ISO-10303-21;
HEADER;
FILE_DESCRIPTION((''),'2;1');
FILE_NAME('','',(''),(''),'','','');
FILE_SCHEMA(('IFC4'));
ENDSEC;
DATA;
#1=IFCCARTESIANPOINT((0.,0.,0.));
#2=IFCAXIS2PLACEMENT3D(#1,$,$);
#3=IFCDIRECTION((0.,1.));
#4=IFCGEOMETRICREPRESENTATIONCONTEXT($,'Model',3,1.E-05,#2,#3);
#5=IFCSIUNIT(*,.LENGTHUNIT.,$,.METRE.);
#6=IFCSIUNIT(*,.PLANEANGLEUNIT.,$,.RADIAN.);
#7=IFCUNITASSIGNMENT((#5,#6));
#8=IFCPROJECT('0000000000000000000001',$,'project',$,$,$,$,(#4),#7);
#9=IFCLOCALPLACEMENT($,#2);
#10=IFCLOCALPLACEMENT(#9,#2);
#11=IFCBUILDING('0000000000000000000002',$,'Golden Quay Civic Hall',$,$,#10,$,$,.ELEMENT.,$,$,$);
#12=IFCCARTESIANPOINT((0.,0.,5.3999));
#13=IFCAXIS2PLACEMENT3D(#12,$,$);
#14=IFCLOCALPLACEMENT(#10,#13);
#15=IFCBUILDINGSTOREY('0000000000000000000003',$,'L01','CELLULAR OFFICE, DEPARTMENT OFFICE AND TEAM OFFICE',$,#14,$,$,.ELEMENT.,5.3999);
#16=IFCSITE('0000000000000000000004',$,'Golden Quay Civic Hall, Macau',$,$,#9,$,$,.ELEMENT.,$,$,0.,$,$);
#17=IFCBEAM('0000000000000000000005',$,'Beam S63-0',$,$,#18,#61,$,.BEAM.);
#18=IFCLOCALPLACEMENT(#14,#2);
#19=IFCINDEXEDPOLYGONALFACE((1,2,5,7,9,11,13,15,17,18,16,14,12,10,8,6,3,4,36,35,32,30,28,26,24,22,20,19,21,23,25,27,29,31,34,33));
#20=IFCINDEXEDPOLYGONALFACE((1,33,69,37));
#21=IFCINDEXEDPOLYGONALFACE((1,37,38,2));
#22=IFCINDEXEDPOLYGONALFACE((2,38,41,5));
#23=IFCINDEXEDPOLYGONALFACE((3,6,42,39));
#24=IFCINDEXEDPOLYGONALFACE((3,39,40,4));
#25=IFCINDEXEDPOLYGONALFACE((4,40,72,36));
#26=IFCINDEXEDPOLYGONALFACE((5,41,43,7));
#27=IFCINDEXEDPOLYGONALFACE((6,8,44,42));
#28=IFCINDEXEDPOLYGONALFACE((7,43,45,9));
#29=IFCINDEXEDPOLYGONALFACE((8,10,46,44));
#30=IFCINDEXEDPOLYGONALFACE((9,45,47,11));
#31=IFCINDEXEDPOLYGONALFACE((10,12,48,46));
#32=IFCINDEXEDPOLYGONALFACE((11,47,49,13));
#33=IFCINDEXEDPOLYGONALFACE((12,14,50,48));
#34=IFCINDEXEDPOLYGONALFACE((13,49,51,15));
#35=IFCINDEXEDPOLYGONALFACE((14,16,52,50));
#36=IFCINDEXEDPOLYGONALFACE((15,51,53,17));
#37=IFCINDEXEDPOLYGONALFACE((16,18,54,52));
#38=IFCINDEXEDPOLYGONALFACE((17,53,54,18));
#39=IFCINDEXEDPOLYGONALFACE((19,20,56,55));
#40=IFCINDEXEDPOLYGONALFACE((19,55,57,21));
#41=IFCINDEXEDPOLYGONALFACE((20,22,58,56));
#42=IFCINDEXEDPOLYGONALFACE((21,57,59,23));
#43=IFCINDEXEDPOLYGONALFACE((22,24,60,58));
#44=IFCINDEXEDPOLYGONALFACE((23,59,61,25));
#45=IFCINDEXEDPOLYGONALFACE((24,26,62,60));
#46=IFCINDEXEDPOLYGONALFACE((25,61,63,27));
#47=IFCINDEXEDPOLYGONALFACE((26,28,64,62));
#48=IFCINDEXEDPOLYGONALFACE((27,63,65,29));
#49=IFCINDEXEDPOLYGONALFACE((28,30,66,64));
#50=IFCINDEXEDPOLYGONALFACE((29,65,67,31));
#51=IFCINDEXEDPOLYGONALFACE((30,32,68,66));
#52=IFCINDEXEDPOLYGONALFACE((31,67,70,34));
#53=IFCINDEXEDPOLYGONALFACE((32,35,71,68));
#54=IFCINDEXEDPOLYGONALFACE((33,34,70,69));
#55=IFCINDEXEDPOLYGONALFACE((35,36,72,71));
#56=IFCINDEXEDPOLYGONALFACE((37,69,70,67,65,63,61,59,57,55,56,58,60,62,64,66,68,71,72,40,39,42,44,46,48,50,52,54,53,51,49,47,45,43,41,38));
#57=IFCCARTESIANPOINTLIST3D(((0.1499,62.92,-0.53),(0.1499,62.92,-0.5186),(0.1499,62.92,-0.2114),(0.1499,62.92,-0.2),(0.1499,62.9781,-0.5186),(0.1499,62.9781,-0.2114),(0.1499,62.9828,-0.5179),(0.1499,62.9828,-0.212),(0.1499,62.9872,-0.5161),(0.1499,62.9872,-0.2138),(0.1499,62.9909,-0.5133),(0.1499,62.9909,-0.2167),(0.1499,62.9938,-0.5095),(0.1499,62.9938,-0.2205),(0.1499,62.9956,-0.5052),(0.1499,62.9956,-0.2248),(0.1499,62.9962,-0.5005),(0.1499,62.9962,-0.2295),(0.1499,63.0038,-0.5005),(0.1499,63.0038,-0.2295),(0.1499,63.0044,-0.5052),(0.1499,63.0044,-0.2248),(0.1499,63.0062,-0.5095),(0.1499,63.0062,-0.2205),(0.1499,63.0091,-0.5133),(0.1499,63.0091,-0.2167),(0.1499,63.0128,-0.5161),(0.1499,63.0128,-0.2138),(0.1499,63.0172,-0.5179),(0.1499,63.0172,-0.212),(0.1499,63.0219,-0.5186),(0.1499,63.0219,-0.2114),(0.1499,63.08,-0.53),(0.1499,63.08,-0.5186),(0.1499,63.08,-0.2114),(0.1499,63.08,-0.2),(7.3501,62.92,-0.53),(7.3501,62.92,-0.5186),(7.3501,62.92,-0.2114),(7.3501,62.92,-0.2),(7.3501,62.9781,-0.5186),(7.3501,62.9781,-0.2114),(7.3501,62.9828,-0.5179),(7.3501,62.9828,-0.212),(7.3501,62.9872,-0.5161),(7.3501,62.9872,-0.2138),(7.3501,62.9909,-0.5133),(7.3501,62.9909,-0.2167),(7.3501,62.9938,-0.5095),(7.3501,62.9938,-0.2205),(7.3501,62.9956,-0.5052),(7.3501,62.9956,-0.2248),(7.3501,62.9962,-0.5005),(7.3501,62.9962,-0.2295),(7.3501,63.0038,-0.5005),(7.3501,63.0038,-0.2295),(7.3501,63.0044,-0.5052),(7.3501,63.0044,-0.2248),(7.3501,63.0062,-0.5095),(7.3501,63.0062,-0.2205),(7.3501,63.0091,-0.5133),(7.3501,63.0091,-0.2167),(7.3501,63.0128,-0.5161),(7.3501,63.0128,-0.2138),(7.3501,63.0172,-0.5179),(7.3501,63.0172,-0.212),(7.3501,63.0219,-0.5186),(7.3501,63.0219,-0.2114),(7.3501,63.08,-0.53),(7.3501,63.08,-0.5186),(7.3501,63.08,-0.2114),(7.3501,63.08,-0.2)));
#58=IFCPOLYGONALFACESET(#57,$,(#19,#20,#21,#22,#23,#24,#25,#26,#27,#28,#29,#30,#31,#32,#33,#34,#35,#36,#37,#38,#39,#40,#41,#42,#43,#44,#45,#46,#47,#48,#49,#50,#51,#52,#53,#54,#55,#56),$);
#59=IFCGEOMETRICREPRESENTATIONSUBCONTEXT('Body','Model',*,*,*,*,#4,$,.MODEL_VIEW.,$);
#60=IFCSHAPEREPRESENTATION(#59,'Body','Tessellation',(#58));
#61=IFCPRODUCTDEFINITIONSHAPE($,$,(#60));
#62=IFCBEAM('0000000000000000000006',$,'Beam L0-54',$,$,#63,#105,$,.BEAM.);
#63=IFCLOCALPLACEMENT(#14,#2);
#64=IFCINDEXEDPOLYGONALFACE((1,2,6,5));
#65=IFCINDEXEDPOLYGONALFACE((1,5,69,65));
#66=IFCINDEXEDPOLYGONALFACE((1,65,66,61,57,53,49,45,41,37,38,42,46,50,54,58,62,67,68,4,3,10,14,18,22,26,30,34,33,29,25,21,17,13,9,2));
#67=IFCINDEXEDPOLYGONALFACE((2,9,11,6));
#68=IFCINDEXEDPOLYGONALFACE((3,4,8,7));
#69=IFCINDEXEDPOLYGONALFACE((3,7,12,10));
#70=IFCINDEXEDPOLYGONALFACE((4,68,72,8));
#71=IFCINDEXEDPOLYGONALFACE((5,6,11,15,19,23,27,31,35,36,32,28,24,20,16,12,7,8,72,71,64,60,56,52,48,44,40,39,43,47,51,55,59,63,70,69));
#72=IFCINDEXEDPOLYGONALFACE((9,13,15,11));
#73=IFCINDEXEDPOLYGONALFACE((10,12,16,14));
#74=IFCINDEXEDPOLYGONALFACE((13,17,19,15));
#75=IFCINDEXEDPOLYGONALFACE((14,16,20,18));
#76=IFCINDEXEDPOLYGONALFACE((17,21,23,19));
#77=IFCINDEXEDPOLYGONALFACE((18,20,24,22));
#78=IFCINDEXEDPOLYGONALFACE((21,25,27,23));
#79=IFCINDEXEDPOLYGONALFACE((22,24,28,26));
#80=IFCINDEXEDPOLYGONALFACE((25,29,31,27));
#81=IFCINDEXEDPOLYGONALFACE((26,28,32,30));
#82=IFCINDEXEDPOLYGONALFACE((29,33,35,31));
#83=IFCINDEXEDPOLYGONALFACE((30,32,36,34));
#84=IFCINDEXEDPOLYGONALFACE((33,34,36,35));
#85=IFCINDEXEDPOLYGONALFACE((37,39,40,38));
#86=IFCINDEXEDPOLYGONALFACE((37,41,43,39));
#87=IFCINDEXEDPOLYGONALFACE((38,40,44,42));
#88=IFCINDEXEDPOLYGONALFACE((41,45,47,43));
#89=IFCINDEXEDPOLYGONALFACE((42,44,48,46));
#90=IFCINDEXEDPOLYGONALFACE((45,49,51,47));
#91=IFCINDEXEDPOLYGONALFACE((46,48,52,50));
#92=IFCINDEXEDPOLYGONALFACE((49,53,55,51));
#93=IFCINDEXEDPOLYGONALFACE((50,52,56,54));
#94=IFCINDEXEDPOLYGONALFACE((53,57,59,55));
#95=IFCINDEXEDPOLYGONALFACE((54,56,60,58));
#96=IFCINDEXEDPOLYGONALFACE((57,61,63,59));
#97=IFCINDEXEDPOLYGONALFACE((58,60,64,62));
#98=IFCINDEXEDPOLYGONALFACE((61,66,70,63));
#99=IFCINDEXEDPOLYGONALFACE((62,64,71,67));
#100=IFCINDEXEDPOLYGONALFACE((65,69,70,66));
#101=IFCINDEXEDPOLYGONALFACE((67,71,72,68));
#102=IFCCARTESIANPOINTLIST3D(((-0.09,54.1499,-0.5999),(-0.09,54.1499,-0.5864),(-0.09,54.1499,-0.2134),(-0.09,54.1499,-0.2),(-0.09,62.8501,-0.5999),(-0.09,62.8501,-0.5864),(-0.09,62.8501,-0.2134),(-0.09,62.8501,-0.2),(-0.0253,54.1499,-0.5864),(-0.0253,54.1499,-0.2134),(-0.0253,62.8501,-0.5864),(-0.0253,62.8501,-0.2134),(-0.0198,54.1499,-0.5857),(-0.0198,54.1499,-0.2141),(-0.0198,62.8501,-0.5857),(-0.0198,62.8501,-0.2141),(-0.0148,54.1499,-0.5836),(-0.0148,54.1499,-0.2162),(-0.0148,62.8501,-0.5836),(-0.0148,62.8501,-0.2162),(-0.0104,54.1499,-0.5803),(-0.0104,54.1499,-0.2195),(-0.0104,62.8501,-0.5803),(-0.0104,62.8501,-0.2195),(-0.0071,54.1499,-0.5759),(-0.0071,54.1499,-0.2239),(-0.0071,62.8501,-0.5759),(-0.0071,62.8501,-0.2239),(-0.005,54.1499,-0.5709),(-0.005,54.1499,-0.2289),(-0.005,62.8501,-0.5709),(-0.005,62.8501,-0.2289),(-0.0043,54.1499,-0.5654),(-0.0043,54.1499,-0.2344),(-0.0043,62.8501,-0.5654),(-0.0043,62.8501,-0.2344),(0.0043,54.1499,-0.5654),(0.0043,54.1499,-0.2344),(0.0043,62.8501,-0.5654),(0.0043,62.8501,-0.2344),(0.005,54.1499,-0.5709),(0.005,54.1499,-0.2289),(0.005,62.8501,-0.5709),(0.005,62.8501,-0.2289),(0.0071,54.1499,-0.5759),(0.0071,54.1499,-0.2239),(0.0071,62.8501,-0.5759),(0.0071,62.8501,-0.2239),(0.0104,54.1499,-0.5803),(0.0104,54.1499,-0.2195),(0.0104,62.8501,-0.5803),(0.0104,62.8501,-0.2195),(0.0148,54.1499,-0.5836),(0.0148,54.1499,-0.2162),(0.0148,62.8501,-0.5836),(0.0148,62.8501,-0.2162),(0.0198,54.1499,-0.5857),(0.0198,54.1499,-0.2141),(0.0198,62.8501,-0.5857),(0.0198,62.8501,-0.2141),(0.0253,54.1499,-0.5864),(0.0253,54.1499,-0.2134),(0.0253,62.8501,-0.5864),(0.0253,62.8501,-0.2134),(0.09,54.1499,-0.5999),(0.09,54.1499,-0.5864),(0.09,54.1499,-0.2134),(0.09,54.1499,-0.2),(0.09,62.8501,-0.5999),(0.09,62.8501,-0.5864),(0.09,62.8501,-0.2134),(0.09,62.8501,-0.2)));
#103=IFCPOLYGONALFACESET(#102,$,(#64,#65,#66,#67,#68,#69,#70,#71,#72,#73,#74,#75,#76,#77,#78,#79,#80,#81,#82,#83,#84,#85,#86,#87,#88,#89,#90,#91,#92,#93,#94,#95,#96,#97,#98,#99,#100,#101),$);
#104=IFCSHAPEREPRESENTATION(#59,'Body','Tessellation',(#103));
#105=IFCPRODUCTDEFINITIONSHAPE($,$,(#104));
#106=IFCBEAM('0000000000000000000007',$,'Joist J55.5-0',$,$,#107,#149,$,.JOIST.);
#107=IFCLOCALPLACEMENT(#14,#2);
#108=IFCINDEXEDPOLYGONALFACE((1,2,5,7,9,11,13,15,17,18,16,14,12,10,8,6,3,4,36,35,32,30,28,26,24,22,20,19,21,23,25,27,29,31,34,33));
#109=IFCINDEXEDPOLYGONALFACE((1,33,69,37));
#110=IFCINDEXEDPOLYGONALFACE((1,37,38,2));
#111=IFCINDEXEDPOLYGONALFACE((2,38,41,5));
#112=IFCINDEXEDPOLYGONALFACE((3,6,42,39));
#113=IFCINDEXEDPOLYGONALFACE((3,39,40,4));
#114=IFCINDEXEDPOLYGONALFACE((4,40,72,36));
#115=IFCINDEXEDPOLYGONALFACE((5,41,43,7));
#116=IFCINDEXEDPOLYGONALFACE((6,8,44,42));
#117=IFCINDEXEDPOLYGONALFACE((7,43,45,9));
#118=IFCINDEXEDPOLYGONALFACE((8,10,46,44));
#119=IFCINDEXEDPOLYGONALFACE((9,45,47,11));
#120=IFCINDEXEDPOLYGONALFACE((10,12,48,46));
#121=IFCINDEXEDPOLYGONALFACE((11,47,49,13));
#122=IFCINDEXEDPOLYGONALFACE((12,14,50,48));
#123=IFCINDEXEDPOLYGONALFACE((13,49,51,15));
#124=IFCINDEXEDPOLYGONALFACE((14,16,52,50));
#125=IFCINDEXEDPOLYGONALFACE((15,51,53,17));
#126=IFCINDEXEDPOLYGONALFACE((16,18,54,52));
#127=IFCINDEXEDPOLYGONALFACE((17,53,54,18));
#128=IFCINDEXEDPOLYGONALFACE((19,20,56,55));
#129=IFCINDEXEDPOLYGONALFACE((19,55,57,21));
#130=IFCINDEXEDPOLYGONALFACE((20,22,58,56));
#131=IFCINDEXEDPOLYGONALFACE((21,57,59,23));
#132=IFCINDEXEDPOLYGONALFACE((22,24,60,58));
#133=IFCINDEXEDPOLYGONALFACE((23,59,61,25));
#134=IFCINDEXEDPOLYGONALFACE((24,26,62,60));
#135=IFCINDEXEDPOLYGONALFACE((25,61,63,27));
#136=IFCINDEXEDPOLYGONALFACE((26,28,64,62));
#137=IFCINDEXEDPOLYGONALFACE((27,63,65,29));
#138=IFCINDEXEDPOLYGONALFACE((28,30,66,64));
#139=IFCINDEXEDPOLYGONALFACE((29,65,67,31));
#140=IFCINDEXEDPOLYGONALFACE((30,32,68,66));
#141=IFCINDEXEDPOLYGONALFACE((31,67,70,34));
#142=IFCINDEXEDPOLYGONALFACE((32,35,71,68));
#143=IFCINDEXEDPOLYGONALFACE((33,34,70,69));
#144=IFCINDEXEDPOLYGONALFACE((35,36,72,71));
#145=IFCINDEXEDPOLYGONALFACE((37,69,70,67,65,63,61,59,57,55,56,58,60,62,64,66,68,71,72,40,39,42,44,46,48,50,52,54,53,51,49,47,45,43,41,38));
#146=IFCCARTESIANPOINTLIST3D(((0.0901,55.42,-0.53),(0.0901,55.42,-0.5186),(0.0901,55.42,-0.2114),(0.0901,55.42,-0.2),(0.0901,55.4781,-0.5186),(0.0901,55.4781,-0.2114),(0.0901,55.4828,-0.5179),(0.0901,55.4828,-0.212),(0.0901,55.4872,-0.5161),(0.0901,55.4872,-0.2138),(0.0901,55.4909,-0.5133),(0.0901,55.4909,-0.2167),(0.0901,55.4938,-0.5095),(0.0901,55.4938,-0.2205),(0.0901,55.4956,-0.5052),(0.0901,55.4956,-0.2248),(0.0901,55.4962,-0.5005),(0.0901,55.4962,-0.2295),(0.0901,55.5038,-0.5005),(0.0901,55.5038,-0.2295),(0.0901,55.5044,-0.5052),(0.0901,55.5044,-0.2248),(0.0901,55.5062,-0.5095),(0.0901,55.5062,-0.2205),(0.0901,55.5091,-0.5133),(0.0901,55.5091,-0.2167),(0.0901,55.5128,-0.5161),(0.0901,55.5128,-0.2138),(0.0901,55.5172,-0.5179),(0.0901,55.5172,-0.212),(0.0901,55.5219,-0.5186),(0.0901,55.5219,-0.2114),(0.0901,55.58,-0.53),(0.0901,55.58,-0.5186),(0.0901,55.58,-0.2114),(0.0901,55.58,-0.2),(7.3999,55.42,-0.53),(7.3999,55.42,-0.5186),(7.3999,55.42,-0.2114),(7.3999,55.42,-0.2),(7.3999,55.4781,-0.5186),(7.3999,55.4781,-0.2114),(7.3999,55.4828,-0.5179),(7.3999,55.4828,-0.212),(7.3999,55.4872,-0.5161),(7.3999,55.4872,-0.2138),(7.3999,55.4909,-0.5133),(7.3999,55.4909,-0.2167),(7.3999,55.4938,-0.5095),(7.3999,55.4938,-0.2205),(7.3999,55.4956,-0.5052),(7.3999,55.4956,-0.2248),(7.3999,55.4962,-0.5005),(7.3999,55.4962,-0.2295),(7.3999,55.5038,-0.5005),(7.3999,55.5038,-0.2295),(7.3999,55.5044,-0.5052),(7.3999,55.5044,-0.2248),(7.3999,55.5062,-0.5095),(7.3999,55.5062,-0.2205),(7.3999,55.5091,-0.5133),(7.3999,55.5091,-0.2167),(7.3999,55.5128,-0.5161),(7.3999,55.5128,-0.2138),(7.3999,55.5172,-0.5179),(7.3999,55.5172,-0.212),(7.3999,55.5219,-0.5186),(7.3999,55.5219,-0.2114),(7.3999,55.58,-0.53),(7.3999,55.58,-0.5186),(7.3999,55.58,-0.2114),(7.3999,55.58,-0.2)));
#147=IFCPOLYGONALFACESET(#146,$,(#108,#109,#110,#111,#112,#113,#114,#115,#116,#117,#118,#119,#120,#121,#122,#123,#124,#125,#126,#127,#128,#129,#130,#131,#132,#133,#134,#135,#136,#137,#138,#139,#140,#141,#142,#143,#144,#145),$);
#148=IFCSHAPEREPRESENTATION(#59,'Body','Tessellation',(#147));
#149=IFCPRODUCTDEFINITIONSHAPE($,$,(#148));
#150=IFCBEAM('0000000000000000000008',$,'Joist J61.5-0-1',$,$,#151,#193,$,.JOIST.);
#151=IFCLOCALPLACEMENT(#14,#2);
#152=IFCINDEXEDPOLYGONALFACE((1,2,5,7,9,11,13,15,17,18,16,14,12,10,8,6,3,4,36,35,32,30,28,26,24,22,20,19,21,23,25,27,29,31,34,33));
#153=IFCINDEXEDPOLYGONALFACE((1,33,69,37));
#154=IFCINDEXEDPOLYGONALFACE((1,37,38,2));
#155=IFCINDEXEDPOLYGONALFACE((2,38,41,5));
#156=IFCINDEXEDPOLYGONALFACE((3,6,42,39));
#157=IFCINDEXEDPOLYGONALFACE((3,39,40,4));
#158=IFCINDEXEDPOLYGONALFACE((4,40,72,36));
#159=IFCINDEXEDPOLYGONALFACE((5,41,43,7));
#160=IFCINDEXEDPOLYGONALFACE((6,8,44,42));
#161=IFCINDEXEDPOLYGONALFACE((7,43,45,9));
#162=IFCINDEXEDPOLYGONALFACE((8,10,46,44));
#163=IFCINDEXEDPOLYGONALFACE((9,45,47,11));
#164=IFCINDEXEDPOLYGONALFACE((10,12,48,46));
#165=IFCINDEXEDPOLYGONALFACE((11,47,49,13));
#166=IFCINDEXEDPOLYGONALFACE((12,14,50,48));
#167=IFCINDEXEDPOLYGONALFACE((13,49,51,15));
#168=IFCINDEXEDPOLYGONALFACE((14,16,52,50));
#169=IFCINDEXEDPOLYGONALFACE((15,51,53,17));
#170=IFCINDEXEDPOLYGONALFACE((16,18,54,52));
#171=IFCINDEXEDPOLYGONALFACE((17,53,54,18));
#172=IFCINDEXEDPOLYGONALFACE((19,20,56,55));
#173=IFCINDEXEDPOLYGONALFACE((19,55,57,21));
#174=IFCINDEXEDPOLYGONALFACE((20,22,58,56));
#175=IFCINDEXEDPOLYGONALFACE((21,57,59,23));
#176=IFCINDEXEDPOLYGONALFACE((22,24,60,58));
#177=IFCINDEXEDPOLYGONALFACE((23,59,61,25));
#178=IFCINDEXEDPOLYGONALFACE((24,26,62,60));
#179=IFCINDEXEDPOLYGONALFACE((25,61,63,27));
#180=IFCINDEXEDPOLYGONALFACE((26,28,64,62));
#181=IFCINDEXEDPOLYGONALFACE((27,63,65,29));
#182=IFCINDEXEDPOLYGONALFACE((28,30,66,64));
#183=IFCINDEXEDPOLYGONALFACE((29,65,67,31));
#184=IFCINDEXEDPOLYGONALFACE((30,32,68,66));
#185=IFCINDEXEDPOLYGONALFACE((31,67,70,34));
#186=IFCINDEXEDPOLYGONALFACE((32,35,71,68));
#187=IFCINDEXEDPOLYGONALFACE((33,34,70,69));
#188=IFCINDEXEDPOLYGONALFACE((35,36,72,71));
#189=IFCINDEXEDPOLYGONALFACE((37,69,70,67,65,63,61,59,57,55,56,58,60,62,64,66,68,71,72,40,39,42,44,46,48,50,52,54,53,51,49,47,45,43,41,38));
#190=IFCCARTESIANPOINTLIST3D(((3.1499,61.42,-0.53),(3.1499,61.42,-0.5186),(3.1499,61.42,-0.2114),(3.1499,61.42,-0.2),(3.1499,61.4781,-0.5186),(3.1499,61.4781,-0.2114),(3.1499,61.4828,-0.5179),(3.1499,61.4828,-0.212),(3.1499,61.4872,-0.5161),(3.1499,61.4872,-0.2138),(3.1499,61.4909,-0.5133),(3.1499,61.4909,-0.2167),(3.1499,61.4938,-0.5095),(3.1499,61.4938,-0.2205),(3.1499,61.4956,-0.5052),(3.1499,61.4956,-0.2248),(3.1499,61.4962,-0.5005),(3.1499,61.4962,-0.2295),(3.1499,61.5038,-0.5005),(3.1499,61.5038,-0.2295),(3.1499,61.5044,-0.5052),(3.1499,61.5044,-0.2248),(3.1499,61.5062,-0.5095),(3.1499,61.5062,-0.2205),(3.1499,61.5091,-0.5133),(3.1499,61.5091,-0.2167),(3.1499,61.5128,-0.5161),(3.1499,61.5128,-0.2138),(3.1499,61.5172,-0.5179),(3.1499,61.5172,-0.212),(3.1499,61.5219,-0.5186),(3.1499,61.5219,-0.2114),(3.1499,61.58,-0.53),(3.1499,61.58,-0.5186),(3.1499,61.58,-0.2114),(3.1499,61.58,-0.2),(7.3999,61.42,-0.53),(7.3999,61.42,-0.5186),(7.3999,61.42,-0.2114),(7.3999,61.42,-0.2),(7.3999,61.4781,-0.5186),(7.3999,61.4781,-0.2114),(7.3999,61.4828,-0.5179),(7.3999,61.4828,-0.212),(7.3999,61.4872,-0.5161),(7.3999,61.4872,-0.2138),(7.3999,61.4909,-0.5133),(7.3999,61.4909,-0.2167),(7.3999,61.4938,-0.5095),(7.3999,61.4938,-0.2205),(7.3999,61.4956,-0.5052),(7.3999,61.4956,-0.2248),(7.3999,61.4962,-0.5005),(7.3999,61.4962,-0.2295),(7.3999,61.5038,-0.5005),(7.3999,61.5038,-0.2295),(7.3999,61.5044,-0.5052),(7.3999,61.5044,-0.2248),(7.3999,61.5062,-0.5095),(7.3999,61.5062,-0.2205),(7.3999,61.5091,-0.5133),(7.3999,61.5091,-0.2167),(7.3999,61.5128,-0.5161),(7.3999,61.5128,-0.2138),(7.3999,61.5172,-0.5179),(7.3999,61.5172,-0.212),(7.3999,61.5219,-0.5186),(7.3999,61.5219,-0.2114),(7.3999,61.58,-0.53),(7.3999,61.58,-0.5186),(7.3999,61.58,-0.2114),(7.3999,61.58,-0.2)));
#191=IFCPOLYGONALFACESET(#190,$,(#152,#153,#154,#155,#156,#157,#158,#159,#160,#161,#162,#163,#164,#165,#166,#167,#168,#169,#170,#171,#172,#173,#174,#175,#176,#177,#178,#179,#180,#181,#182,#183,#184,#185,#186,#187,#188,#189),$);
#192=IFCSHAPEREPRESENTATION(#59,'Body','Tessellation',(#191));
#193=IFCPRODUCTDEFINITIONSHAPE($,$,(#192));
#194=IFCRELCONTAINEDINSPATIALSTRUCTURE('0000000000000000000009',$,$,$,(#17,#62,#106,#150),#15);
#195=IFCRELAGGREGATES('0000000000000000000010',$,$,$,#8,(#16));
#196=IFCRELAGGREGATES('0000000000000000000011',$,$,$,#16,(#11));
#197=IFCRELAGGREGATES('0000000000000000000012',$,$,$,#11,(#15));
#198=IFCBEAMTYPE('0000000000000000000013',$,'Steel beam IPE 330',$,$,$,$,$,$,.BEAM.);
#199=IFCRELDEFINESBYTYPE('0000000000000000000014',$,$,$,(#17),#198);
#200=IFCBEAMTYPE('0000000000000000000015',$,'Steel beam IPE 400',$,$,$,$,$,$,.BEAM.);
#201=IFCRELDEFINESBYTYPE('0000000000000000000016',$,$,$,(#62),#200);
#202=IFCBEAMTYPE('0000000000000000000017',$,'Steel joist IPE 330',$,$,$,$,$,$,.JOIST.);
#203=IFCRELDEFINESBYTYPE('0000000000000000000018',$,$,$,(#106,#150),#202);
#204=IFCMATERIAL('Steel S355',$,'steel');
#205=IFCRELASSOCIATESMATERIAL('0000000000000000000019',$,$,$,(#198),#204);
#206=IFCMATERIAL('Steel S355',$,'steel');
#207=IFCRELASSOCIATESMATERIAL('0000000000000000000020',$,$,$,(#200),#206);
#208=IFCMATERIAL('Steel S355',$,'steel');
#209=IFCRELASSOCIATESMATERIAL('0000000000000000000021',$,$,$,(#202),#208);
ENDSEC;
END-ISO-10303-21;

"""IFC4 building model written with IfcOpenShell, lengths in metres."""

from ifc_helpers import new_model, si_unit, direction, frame, origin, origin_2d, place, context, subcontext, project, spatial, i_section, extrude, material, material_profile, profile_set, type_object, element, save


model = new_model("IFC4")

# Units and contexts
model_context = context("Model", 3, precision=1e-05, world=origin(), true_north=direction((0.0, 1.0)))
body_context = subcontext(model_context, "Body", "Model", "MODEL_VIEW")
ifc_project = project(units=[si_unit("LENGTHUNIT", "METRE"), si_unit("PLANEANGLEUNIT", "RADIAN")], contexts=[model_context])

# Site, building, storey
site_placement = place(None, origin())
site = spatial("IfcSite", under=ifc_project, at=site_placement, Name="Golden Quay Civic Hall, Macau", CompositionType="ELEMENT", RefElevation=0.0)
building_placement = place(site_placement, origin())
building = spatial("IfcBuilding", under=site, at=building_placement, Name="Golden Quay Civic Hall", CompositionType="ELEMENT")
storey_placement = place(building_placement, frame((0.0, 0.0, 5.3999)))
storey = spatial("IfcBuildingStorey", under=building, at=storey_placement, Name="L01", Description="CELLULAR OFFICE, DEPARTMENT OFFICE AND TEAM OFFICE", CompositionType="ELEMENT", Elevation=5.3999)

# Beams
ifc_material_1 = material(Name="Steel S355", Category="steel")
ifc_material_profile_1 = material_profile(ifc_material_1, i_section(OverallWidth=0.1599, OverallDepth=0.3301, WebThickness=0.0076, FlangeThickness=0.0115, FilletRadius=0.0181, at=origin_2d()), Name="IPE 330")
ifc_profile_set_1 = profile_set([ifc_material_profile_1], Name="Steel S355")
beam_type_1 = type_object("IfcBeamType", Name="Steel beam IPE 330", PredefinedType="BEAM", material=ifc_profile_set_1)
for number, where, z_axis, x_axis, name in (
    (1, (0.1499, 63.0, -0.365), (1.0, 0.0, 0.0), (0.0, 1.0, 0.0), "Beam S63-0"),
):
    element("IfcBeam", number, at=place(storey_placement, frame(where, z_axis=z_axis, x_axis=x_axis)), inside=storey, type_object=beam_type_1, Name=name, PredefinedType="BEAM", context=body_context, shape_type="SweptSolid", body=[
        extrude(i_section(OverallWidth=0.1599, OverallDepth=0.3301, WebThickness=0.0076, FlangeThickness=0.0115, FilletRadius=0.0181, at=origin_2d()), origin(), (0.0, 0.0, 1.0), 7.2002),
    ])
ifc_material_2 = material(Name="Steel S355", Category="steel")
ifc_material_profile_2 = material_profile(ifc_material_2, i_section(OverallWidth=0.1799, OverallDepth=0.3999, WebThickness=0.0085, FlangeThickness=0.0134, FilletRadius=0.021, at=origin_2d()), Name="IPE 400")
ifc_profile_set_2 = profile_set([ifc_material_profile_2], Name="Steel S355")
beam_type_2 = type_object("IfcBeamType", Name="Steel beam IPE 400", PredefinedType="BEAM", material=ifc_profile_set_2)
beam_1_placement = place(storey_placement, frame((0.0, 54.1499, -0.3999), z_axis=(0.0, 1.0, 0.0), x_axis=(-1.0, 0.0, 0.0)))
element("IfcBeam", 2, at=beam_1_placement, inside=storey, type_object=beam_type_2, Name="Beam L0-54", PredefinedType="BEAM", context=body_context, shape_type="SweptSolid", body=[
    extrude(i_section(OverallWidth=0.1799, OverallDepth=0.3999, WebThickness=0.0085, FlangeThickness=0.0134, FilletRadius=0.021, at=origin_2d()), origin(), (0.0, 0.0, 1.0), 8.7002),
])
ifc_material_3 = material(Name="Steel S355", Category="steel")
ifc_material_profile_3 = material_profile(ifc_material_3, i_section(OverallWidth=0.1599, OverallDepth=0.3301, WebThickness=0.0076, FlangeThickness=0.0115, FilletRadius=0.0181, at=origin_2d()), Name="IPE 330")
ifc_profile_set_3 = profile_set([ifc_material_profile_3], Name="Steel S355")
beam_type_3 = type_object("IfcBeamType", Name="Steel joist IPE 330", PredefinedType="JOIST", material=ifc_profile_set_3)
beam_2_placement = place(storey_placement, frame((0.0901, 55.5, -0.365), z_axis=(1.0, 0.0, 0.0), x_axis=(0.0, 1.0, 0.0)))
element("IfcBeam", 3, at=beam_2_placement, inside=storey, type_object=beam_type_3, Name="Joist J55.5-0", PredefinedType="JOIST", context=body_context, shape_type="SweptSolid", body=[
    extrude(i_section(OverallWidth=0.1599, OverallDepth=0.3301, WebThickness=0.0076, FlangeThickness=0.0115, FilletRadius=0.0181, at=origin_2d()), origin(), (0.0, 0.0, 1.0), 7.3098),
])
beam_3_placement = place(storey_placement, frame((3.1499, 61.5, -0.365), z_axis=(1.0, 0.0, 0.0), x_axis=(0.0, 1.0, 0.0)))
element("IfcBeam", 4, at=beam_3_placement, inside=storey, type_object=beam_type_3, Name="Joist J61.5-0-1", PredefinedType="JOIST", context=body_context, shape_type="SweptSolid", body=[
    extrude(i_section(OverallWidth=0.1599, OverallDepth=0.3301, WebThickness=0.0076, FlangeThickness=0.0115, FilletRadius=0.0181, at=origin_2d()), origin(), (0.0, 0.0, 1.0), 4.25),
])

save(model, "model.ifc")
